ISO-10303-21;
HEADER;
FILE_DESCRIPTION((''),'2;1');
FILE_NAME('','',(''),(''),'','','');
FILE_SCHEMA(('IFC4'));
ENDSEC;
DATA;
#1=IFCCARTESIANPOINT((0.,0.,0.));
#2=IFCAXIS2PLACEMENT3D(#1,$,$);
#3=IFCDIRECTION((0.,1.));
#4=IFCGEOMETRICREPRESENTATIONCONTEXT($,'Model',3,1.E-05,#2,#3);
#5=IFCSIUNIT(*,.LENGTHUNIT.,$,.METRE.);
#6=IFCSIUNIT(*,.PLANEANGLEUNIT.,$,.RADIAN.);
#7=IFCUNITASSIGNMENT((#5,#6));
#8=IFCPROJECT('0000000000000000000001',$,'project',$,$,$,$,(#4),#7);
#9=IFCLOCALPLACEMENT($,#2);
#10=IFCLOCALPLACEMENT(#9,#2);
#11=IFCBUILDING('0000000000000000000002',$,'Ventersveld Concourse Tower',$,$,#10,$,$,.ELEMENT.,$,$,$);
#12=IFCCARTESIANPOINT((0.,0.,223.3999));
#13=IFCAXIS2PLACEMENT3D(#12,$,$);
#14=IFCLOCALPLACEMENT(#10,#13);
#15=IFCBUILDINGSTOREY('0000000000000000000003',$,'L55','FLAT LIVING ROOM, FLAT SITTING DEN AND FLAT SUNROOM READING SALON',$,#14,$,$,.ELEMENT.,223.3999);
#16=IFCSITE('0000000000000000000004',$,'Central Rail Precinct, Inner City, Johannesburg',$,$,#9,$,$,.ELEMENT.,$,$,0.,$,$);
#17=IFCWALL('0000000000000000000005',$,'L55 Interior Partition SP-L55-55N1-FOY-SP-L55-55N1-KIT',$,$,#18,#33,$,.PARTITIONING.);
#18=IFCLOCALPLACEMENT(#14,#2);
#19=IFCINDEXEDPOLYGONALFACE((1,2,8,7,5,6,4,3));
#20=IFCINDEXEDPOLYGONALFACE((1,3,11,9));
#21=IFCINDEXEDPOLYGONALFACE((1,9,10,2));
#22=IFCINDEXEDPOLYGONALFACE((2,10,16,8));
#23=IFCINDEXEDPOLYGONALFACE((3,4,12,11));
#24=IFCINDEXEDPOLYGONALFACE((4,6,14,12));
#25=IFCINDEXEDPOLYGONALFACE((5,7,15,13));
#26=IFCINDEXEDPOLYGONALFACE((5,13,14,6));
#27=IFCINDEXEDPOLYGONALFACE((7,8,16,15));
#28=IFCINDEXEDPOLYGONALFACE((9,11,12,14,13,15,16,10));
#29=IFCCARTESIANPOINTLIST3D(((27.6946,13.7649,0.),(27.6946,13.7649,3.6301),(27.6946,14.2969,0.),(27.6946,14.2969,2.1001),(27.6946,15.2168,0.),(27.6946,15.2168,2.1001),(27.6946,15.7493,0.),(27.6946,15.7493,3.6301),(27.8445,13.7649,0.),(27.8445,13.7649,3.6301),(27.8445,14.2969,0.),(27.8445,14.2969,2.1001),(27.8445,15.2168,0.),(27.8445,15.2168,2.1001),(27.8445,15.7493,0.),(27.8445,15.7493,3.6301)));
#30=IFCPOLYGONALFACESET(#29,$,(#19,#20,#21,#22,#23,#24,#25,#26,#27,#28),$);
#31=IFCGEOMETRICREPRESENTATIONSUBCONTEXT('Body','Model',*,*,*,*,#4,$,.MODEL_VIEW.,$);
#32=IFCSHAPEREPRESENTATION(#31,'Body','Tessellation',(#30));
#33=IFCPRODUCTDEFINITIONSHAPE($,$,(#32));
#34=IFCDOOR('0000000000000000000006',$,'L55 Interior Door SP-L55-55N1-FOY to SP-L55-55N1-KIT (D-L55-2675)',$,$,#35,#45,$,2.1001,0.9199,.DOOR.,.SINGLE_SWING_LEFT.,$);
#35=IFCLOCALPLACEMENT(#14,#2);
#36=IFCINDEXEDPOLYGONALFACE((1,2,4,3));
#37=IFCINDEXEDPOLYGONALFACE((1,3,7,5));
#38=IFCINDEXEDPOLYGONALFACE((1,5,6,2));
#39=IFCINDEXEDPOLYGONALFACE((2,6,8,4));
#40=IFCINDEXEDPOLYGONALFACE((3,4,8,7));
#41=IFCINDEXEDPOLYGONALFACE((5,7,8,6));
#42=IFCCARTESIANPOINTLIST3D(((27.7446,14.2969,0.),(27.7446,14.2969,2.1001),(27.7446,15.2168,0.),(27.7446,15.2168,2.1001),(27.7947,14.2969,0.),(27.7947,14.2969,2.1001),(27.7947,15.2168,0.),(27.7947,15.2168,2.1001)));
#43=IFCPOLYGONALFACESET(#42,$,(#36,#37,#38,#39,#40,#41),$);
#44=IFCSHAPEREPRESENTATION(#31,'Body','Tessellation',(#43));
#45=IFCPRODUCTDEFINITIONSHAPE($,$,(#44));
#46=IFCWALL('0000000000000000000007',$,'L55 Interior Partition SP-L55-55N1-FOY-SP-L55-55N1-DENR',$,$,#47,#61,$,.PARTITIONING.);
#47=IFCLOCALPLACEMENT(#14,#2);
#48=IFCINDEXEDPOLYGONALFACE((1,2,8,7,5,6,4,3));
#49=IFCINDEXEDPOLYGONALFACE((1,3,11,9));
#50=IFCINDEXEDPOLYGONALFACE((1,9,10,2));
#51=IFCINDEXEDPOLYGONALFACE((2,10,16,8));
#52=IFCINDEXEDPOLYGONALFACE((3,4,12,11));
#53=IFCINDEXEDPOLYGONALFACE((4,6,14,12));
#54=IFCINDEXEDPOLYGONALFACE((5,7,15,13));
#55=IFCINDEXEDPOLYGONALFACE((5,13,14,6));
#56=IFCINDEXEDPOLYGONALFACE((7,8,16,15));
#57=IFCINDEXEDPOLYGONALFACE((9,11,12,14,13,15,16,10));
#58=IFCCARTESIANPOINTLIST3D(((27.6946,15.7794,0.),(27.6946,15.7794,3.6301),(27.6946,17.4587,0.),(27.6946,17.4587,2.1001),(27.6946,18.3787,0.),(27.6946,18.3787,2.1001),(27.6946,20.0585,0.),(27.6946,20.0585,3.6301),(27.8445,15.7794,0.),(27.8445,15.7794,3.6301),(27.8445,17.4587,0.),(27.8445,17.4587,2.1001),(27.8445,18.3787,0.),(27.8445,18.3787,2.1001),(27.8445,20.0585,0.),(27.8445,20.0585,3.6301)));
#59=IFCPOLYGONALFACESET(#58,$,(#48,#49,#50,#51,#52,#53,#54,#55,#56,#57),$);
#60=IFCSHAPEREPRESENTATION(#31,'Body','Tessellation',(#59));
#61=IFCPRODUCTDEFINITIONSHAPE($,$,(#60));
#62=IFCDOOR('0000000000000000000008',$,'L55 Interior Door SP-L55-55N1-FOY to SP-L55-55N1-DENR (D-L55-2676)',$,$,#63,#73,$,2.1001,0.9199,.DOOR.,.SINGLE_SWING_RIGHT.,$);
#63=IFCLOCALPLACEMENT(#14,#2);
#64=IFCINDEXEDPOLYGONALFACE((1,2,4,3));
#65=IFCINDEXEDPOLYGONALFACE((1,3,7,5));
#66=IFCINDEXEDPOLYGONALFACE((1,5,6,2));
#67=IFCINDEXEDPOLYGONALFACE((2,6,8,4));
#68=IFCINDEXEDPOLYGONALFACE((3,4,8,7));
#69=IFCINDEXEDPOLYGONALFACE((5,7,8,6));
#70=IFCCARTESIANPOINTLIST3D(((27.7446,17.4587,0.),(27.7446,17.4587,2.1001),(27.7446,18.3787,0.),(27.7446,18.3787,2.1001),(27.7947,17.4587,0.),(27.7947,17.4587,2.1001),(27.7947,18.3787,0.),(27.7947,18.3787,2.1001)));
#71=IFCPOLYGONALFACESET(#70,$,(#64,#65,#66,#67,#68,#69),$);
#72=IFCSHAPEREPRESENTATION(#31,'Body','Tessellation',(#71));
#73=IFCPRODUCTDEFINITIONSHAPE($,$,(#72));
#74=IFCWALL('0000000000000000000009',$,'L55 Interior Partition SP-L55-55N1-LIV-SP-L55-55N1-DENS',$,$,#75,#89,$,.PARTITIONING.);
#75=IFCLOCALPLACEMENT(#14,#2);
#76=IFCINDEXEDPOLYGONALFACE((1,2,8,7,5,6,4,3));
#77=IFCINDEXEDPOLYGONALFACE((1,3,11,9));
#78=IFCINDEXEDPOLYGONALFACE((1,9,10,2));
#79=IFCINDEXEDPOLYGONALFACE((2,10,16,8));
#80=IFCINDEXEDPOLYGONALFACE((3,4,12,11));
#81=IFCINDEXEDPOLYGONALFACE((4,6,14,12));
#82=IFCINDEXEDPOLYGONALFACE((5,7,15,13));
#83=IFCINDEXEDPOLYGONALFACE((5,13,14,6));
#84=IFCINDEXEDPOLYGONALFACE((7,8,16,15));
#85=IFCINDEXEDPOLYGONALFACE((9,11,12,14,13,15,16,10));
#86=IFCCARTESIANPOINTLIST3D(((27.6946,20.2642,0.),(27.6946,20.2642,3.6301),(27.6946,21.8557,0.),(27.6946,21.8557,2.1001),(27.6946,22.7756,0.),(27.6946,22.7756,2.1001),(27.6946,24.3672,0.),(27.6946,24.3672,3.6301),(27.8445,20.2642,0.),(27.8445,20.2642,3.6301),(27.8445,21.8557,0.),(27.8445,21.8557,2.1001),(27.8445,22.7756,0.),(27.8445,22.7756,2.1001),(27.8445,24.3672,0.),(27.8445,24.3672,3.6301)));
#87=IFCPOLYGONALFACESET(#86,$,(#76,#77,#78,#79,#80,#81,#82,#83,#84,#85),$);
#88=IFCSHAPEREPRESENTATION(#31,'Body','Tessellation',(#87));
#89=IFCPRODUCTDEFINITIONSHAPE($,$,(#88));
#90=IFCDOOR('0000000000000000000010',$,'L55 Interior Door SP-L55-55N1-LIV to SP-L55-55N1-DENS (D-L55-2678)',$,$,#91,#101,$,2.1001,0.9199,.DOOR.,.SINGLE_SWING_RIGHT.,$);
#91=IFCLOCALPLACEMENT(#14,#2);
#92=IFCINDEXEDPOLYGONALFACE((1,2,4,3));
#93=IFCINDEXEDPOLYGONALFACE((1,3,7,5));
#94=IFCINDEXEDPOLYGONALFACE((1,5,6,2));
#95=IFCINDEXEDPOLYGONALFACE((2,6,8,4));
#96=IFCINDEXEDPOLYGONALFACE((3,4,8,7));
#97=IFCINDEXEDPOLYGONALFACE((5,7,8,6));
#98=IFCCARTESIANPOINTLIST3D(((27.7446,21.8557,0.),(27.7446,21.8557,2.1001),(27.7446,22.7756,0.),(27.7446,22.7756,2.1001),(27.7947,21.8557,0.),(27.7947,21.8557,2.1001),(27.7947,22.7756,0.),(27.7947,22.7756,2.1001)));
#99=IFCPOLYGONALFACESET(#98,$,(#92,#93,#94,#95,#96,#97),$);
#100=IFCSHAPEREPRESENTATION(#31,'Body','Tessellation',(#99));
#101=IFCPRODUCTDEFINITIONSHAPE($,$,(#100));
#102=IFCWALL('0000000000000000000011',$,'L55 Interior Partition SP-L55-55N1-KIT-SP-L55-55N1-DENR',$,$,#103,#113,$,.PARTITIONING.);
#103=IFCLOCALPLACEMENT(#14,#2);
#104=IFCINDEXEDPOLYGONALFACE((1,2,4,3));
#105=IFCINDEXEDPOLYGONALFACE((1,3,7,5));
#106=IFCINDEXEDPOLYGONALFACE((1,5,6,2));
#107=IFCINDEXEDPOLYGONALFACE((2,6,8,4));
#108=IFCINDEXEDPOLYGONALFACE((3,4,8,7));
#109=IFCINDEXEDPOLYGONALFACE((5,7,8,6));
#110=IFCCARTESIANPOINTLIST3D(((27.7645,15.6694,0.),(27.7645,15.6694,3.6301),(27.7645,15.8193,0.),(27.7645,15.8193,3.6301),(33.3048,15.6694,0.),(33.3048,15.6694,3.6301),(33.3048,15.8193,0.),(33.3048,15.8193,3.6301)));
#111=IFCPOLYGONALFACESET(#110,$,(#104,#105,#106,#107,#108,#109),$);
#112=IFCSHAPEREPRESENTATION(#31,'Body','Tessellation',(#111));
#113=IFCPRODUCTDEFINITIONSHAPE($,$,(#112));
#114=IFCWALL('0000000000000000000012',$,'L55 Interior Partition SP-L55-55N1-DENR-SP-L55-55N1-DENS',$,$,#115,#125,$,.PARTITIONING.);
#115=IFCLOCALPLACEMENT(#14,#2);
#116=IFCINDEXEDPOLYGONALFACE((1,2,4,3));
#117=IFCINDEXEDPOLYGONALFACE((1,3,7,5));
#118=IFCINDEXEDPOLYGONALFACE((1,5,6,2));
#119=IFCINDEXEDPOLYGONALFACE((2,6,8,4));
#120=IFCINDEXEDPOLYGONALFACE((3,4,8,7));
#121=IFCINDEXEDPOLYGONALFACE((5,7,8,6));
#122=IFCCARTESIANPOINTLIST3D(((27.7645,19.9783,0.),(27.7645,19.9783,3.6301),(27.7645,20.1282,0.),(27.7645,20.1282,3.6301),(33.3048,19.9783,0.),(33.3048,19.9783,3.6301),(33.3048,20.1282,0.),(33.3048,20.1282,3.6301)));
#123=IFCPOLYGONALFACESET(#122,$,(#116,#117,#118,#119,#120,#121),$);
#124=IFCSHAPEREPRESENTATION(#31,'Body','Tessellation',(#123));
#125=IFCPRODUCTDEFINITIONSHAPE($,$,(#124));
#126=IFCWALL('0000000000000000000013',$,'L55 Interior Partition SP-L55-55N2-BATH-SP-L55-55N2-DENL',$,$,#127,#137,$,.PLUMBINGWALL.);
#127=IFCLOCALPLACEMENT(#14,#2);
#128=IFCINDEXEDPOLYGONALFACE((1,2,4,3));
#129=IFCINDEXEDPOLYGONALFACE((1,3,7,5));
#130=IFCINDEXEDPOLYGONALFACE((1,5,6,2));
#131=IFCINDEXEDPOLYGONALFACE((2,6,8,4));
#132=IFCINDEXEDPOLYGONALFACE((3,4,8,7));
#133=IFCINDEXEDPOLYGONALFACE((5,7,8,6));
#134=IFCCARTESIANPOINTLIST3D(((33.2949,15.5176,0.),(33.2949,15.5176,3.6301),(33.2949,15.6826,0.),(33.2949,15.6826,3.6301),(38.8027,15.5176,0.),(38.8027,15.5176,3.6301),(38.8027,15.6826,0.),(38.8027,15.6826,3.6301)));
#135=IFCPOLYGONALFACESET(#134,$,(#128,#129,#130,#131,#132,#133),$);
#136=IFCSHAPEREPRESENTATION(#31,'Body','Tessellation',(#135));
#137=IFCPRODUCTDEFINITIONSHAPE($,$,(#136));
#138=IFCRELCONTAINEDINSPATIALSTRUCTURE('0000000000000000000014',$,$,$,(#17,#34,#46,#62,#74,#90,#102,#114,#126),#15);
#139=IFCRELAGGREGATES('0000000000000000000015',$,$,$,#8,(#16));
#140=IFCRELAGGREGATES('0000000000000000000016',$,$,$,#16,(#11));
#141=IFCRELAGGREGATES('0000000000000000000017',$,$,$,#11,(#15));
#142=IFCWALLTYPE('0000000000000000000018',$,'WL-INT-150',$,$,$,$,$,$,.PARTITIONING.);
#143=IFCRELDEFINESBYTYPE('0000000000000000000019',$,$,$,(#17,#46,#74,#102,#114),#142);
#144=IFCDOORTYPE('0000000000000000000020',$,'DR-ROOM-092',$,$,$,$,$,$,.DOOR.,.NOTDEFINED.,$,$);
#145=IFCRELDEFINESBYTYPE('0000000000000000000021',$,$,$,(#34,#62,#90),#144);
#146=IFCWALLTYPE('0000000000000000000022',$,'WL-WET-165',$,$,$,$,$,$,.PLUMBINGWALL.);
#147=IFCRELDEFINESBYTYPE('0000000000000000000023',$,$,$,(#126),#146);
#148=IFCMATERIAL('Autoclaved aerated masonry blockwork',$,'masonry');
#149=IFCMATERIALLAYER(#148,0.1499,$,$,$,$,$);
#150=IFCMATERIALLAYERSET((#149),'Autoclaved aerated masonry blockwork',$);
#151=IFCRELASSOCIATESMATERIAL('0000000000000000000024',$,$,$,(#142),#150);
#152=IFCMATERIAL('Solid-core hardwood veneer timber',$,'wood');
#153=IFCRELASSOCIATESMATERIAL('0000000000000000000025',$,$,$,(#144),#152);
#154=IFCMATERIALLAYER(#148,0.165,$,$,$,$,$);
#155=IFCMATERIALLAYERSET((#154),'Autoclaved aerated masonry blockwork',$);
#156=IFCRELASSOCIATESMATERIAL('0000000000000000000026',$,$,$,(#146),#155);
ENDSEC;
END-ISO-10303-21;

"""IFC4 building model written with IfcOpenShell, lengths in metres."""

from ifc_helpers import new_model, si_unit, direction, frame, frame_2d, origin, place, context, subcontext, project, spatial, rectangle, extrude, material, layer, layer_set, type_object, element, fill, save


model = new_model("IFC4")

# Units and contexts
model_context = context("Model", 3, precision=1e-05, world=origin(), true_north=direction((0.0, 1.0)))
body_context = subcontext(model_context, "Body", "Model", "MODEL_VIEW")
ifc_project = project(units=[si_unit("LENGTHUNIT", "METRE"), si_unit("PLANEANGLEUNIT", "RADIAN")], contexts=[model_context])

# Site, building, storey
site_placement = place(None, origin())
site = spatial("IfcSite", under=ifc_project, at=site_placement, Name="Central Rail Precinct, Inner City, Johannesburg", CompositionType="ELEMENT", RefElevation=0.0)
building_placement = place(site_placement, origin())
building = spatial("IfcBuilding", under=site, at=building_placement, Name="Ventersveld Concourse Tower", CompositionType="ELEMENT")
storey_placement = place(building_placement, frame((0.0, 0.0, 223.3999)))
storey = spatial("IfcBuildingStorey", under=building, at=storey_placement, Name="L55", Description="FLAT LIVING ROOM, FLAT SITTING DEN AND FLAT SUNROOM READING SALON", CompositionType="ELEMENT", Elevation=223.3999)

# Walls, openings, doors
ifc_material_1 = material(Name="Autoclaved aerated masonry blockwork", Category="masonry")
ifc_layer_1 = layer(ifc_material_1, 0.1499)
ifc_layer_set_1 = layer_set([ifc_layer_1], Name="Autoclaved aerated masonry blockwork")
wall_type_1 = type_object("IfcWallType", Name="WL-INT-150", PredefinedType="PARTITIONING", material=ifc_layer_set_1)
wall_1_placement = place(storey_placement, frame((27.7695, 13.7649, 0.0), z_axis=(0.0, 0.0, 1.0), x_axis=(0.0, 1.0, 0.0)))
wall_1 = element("IfcWall", 1, at=wall_1_placement, inside=storey, type_object=wall_type_1, Name="L55 Interior Partition SP-L55-55N1-FOY-SP-L55-55N1-KIT", PredefinedType="PARTITIONING", context=body_context, shape_type="SweptSolid", body=[
    extrude(rectangle(XDim=1.9844, YDim=0.1499, at=frame_2d((0.9922, 0.0))), origin(), (0.0, 0.0, 1.0), 3.6301),
])
opening_1_placement = place(wall_1_placement, frame((0.532, 0.0, 0.0)))
opening_1 = element("IfcOpeningElement", 2, at=opening_1_placement, cuts=wall_1, PredefinedType="OPENING", context=body_context, shape_type="SweptSolid", body=[
    extrude(rectangle(XDim=0.9199, YDim=2.1001, at=frame_2d((0.46, 1.05))), frame((0.0, 0.085, 0.0), z_axis=(0.0, -1.0, 0.0), x_axis=(1.0, 0.0, 0.0)), (0.0, 0.0, 1.0), 0.1699),
])
ifc_material_2 = material(Name="Solid-core hardwood veneer timber", Category="wood")
door_type = type_object("IfcDoorType", Name="DR-ROOM-092", OperationType="NOTDEFINED", PredefinedType="DOOR", material=ifc_material_2)
door_1_placement = place(opening_1_placement, origin())
door_1 = element("IfcDoor", 3, at=door_1_placement, inside=storey, type_object=door_type, Name="L55 Interior Door SP-L55-55N1-FOY to SP-L55-55N1-KIT (D-L55-2675)", OperationType="SINGLE_SWING_LEFT", OverallHeight=2.1001, OverallWidth=0.9199, PredefinedType="DOOR", context=body_context, shape_type="SweptSolid", body=[
    extrude(rectangle(XDim=0.9199, YDim=2.1001, at=frame_2d((0.46, 1.05))), frame((0.0, 0.0249, 0.0), z_axis=(0.0, -1.0, 0.0), x_axis=(1.0, 0.0, 0.0)), (0.0, 0.0, 1.0), 0.05),
])
fill(opening_1, door_1)
wall_2_placement = place(storey_placement, frame((27.7695, 15.7793, 0.0), z_axis=(0.0, 0.0, 1.0), x_axis=(0.0, 1.0, 0.0)))
wall_2 = element("IfcWall", 4, at=wall_2_placement, inside=storey, type_object=wall_type_1, Name="L55 Interior Partition SP-L55-55N1-FOY-SP-L55-55N1-DENR", PredefinedType="PARTITIONING", context=body_context, shape_type="SweptSolid", body=[
    extrude(rectangle(XDim=4.2791, YDim=0.1499, at=frame_2d((2.1396, 0.0))), origin(), (0.0, 0.0, 1.0), 3.6301),
])
opening_2_placement = place(wall_2_placement, frame((1.6794, 0.0, 0.0)))
opening_2 = element("IfcOpeningElement", 5, at=opening_2_placement, cuts=wall_2, PredefinedType="OPENING", context=body_context, shape_type="SweptSolid", body=[
    extrude(rectangle(XDim=0.9199, YDim=2.1001, at=frame_2d((0.46, 1.05))), frame((0.0, 0.085, 0.0), z_axis=(0.0, -1.0, 0.0), x_axis=(1.0, 0.0, 0.0)), (0.0, 0.0, 1.0), 0.1699),
])
door_2_placement = place(opening_2_placement, origin())
door_2 = element("IfcDoor", 6, at=door_2_placement, inside=storey, type_object=door_type, Name="L55 Interior Door SP-L55-55N1-FOY to SP-L55-55N1-DENR (D-L55-2676)", OperationType="SINGLE_SWING_RIGHT", OverallHeight=2.1001, OverallWidth=0.9199, PredefinedType="DOOR", context=body_context, shape_type="SweptSolid", body=[
    extrude(rectangle(XDim=0.9199, YDim=2.1001, at=frame_2d((0.46, 1.05))), frame((0.0, 0.0249, 0.0), z_axis=(0.0, -1.0, 0.0), x_axis=(1.0, 0.0, 0.0)), (0.0, 0.0, 1.0), 0.05),
])
fill(opening_2, door_2)
wall_3_placement = place(storey_placement, frame((27.7695, 20.2642, 0.0), z_axis=(0.0, 0.0, 1.0), x_axis=(0.0, 1.0, 0.0)))
wall_3 = element("IfcWall", 7, at=wall_3_placement, inside=storey, type_object=wall_type_1, Name="L55 Interior Partition SP-L55-55N1-LIV-SP-L55-55N1-DENS", PredefinedType="PARTITIONING", context=body_context, shape_type="SweptSolid", body=[
    extrude(rectangle(XDim=4.103, YDim=0.1499, at=frame_2d((2.0515, 0.0))), origin(), (0.0, 0.0, 1.0), 3.6301),
])
opening_3_placement = place(wall_3_placement, frame((1.5916, 0.0, 0.0)))
opening_3 = element("IfcOpeningElement", 8, at=opening_3_placement, cuts=wall_3, PredefinedType="OPENING", context=body_context, shape_type="SweptSolid", body=[
    extrude(rectangle(XDim=0.9199, YDim=2.1001, at=frame_2d((0.46, 1.05))), frame((0.0, 0.085, 0.0), z_axis=(0.0, -1.0, 0.0), x_axis=(1.0, 0.0, 0.0)), (0.0, 0.0, 1.0), 0.1699),
])
door_3_placement = place(opening_3_placement, origin())
door_3 = element("IfcDoor", 9, at=door_3_placement, inside=storey, type_object=door_type, Name="L55 Interior Door SP-L55-55N1-LIV to SP-L55-55N1-DENS (D-L55-2678)", OperationType="SINGLE_SWING_RIGHT", OverallHeight=2.1001, OverallWidth=0.9199, PredefinedType="DOOR", context=body_context, shape_type="SweptSolid", body=[
    extrude(rectangle(XDim=0.9199, YDim=2.1001, at=frame_2d((0.46, 1.05))), frame((0.0, 0.0249, 0.0), z_axis=(0.0, -1.0, 0.0), x_axis=(1.0, 0.0, 0.0)), (0.0, 0.0, 1.0), 0.05),
])
fill(opening_3, door_3)

# Walls
for number, where, z_axis, x_axis, name in (
    (10, (27.7646, 15.7444, 0.0), (0.0, 0.0, 1.0), (1.0, 0.0, 0.0), "L55 Interior Partition SP-L55-55N1-KIT-SP-L55-55N1-DENR"),
    (11, (27.7646, 20.0532, 0.0), (0.0, 0.0, 1.0), (1.0, 0.0, 0.0), "L55 Interior Partition SP-L55-55N1-DENR-SP-L55-55N1-DENS"),
):
    element("IfcWall", number, at=place(storey_placement, frame(where, z_axis=z_axis, x_axis=x_axis)), inside=storey, type_object=wall_type_1, Name=name, PredefinedType="PARTITIONING", context=body_context, shape_type="SweptSolid", body=[
        extrude(rectangle(XDim=5.5403, YDim=0.1499, at=frame_2d((2.77, 0.0))), origin(), (0.0, 0.0, 1.0), 3.6301),
    ])
ifc_layer_2 = layer(ifc_material_1, 0.165)
ifc_layer_set_2 = layer_set([ifc_layer_2], Name="Autoclaved aerated masonry blockwork")
wall_type_2 = type_object("IfcWallType", Name="WL-WET-165", PredefinedType="PLUMBINGWALL", material=ifc_layer_set_2)
wall_4_placement = place(storey_placement, frame((33.2949, 15.6001, 0.0), z_axis=(0.0, 0.0, 1.0), x_axis=(1.0, 0.0, 0.0)))
element("IfcWall", 12, at=wall_4_placement, inside=storey, type_object=wall_type_2, Name="L55 Interior Partition SP-L55-55N2-BATH-SP-L55-55N2-DENL", PredefinedType="PLUMBINGWALL", context=body_context, shape_type="SweptSolid", body=[
    extrude(rectangle(XDim=5.5078, YDim=0.165, at=frame_2d((2.7539, 0.0))), origin(), (0.0, 0.0, 1.0), 3.6301),
])

save(model, "model.ifc")
